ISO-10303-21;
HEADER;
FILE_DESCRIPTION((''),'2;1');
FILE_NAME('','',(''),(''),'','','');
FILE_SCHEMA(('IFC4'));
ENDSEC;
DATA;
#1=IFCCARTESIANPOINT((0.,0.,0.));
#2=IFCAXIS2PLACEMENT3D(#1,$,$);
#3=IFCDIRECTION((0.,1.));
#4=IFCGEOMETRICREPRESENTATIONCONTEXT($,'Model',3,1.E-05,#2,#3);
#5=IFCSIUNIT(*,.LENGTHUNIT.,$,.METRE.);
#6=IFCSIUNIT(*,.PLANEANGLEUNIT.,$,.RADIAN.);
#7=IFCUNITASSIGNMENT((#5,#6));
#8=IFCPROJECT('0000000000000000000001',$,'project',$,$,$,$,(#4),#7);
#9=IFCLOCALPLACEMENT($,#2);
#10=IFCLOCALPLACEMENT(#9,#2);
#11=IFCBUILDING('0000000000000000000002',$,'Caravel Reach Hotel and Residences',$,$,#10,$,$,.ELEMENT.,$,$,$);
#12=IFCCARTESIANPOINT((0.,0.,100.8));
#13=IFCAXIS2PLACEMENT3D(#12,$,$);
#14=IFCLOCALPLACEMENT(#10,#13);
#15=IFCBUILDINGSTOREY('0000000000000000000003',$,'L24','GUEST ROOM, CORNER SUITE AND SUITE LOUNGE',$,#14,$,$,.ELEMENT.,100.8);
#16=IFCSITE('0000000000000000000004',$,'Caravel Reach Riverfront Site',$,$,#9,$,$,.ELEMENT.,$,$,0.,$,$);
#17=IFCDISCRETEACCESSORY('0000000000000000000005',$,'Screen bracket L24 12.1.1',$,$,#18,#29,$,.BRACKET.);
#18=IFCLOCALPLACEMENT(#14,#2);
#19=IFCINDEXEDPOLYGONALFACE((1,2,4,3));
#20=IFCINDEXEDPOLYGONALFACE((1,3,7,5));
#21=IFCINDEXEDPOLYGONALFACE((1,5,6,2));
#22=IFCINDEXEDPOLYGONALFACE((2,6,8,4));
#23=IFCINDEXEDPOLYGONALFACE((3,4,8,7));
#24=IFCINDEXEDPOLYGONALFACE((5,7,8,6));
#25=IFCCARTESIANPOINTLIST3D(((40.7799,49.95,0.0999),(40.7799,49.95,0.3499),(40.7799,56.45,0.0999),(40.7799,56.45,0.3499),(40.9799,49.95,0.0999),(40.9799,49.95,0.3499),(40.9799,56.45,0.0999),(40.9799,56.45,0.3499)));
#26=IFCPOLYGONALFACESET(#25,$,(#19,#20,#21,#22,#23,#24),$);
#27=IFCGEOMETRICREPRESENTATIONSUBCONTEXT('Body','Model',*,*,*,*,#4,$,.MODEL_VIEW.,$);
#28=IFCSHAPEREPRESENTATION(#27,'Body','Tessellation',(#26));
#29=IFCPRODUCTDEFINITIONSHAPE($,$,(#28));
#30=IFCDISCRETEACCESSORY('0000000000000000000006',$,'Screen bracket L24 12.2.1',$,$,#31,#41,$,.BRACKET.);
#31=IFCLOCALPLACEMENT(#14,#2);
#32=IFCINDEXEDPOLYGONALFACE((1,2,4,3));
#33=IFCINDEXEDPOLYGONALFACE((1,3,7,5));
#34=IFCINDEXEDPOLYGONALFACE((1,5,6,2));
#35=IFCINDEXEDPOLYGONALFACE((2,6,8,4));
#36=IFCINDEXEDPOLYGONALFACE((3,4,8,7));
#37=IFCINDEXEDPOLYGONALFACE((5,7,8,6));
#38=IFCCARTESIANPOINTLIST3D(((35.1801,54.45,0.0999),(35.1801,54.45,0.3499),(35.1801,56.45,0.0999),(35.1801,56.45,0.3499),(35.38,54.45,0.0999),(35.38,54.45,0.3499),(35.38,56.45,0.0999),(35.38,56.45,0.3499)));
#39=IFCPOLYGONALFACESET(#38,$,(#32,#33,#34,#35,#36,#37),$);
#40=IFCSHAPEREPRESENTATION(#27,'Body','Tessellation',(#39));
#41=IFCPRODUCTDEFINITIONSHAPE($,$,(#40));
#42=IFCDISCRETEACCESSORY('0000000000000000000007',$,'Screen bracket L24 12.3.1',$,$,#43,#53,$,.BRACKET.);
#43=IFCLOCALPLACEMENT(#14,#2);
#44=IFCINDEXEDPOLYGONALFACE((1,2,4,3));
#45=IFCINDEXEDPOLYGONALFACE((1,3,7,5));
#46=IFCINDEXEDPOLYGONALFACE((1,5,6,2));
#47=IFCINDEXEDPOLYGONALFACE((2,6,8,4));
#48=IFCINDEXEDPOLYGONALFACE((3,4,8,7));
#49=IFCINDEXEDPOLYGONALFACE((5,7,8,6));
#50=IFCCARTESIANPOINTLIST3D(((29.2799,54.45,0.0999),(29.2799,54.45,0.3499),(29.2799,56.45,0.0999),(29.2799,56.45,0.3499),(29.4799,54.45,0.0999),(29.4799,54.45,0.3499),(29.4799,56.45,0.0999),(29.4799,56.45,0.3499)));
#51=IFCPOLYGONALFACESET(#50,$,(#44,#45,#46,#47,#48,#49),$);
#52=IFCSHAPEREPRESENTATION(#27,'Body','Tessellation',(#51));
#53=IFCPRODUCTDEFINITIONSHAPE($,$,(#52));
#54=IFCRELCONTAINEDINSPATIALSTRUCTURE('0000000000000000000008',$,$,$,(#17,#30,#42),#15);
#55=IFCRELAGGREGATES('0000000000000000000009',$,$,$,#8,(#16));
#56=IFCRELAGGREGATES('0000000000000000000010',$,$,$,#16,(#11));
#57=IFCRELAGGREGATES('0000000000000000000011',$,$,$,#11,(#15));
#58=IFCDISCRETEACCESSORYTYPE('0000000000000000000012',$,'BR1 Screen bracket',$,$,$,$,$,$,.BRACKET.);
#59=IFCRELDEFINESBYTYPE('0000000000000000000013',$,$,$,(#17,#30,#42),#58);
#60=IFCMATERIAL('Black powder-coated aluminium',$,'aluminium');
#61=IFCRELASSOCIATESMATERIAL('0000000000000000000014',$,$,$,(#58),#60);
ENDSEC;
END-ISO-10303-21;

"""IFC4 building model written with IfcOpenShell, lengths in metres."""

from ifc_helpers import new_model, si_unit, direction, frame, origin, origin_2d, place, context, subcontext, project, spatial, rectangle, extrude, material, type_object, element, save


model = new_model("IFC4")

# Units and contexts
model_context = context("Model", 3, precision=1e-05, world=origin(), true_north=direction((0.0, 1.0)))
body_context = subcontext(model_context, "Body", "Model", "MODEL_VIEW")
ifc_project = project(units=[si_unit("LENGTHUNIT", "METRE"), si_unit("PLANEANGLEUNIT", "RADIAN")], contexts=[model_context])

# Site, building, storey
site_placement = place(None, origin())
site = spatial("IfcSite", under=ifc_project, at=site_placement, Name="Caravel Reach Riverfront Site", CompositionType="ELEMENT", RefElevation=0.0)
building_placement = place(site_placement, origin())
building = spatial("IfcBuilding", under=site, at=building_placement, Name="Caravel Reach Hotel and Residences", CompositionType="ELEMENT")
storey_placement = place(building_placement, frame((0.0, 0.0, 100.8)))
storey = spatial("IfcBuildingStorey", under=building, at=storey_placement, Name="L24", Description="GUEST ROOM, CORNER SUITE AND SUITE LOUNGE", CompositionType="ELEMENT", Elevation=100.8)

# Discrete accessories
ifc_material_1 = material(Name="Black powder-coated aluminium", Category="aluminium")
discrete_accessory_type = type_object("IfcDiscreteAccessoryType", Name="BR1 Screen bracket", PredefinedType="BRACKET", material=ifc_material_1)
for number, where, z_axis, x_axis, name in (
    (1, (40.8799, 53.2, 0.0999), (0.0, 0.0, 1.0), (0.0, 1.0, 0.0), "Screen bracket L24 12.1.1"),
):
    element("IfcDiscreteAccessory", number, at=place(storey_placement, frame(where, z_axis=z_axis, x_axis=x_axis)), inside=storey, type_object=discrete_accessory_type, Name=name, PredefinedType="BRACKET", context=body_context, shape_type="SweptSolid", body=[
        extrude(rectangle(XDim=6.5, YDim=0.2, at=origin_2d()), origin(), (0.0, 0.0, 1.0), 0.25),
    ])
for number, where, z_axis, x_axis, name in (
    (2, (35.28, 55.45, 0.0999), (0.0, 0.0, 1.0), (0.0, 1.0, 0.0), "Screen bracket L24 12.2.1"),
    (3, (29.3799, 55.45, 0.0999), (0.0, 0.0, 1.0), (0.0, 1.0, 0.0), "Screen bracket L24 12.3.1"),
):
    element("IfcDiscreteAccessory", number, at=place(storey_placement, frame(where, z_axis=z_axis, x_axis=x_axis)), inside=storey, type_object=discrete_accessory_type, Name=name, PredefinedType="BRACKET", context=body_context, shape_type="SweptSolid", body=[
        extrude(rectangle(XDim=2.0, YDim=0.2, at=origin_2d()), origin(), (0.0, 0.0, 1.0), 0.25),
    ])

save(model, "model.ifc")
